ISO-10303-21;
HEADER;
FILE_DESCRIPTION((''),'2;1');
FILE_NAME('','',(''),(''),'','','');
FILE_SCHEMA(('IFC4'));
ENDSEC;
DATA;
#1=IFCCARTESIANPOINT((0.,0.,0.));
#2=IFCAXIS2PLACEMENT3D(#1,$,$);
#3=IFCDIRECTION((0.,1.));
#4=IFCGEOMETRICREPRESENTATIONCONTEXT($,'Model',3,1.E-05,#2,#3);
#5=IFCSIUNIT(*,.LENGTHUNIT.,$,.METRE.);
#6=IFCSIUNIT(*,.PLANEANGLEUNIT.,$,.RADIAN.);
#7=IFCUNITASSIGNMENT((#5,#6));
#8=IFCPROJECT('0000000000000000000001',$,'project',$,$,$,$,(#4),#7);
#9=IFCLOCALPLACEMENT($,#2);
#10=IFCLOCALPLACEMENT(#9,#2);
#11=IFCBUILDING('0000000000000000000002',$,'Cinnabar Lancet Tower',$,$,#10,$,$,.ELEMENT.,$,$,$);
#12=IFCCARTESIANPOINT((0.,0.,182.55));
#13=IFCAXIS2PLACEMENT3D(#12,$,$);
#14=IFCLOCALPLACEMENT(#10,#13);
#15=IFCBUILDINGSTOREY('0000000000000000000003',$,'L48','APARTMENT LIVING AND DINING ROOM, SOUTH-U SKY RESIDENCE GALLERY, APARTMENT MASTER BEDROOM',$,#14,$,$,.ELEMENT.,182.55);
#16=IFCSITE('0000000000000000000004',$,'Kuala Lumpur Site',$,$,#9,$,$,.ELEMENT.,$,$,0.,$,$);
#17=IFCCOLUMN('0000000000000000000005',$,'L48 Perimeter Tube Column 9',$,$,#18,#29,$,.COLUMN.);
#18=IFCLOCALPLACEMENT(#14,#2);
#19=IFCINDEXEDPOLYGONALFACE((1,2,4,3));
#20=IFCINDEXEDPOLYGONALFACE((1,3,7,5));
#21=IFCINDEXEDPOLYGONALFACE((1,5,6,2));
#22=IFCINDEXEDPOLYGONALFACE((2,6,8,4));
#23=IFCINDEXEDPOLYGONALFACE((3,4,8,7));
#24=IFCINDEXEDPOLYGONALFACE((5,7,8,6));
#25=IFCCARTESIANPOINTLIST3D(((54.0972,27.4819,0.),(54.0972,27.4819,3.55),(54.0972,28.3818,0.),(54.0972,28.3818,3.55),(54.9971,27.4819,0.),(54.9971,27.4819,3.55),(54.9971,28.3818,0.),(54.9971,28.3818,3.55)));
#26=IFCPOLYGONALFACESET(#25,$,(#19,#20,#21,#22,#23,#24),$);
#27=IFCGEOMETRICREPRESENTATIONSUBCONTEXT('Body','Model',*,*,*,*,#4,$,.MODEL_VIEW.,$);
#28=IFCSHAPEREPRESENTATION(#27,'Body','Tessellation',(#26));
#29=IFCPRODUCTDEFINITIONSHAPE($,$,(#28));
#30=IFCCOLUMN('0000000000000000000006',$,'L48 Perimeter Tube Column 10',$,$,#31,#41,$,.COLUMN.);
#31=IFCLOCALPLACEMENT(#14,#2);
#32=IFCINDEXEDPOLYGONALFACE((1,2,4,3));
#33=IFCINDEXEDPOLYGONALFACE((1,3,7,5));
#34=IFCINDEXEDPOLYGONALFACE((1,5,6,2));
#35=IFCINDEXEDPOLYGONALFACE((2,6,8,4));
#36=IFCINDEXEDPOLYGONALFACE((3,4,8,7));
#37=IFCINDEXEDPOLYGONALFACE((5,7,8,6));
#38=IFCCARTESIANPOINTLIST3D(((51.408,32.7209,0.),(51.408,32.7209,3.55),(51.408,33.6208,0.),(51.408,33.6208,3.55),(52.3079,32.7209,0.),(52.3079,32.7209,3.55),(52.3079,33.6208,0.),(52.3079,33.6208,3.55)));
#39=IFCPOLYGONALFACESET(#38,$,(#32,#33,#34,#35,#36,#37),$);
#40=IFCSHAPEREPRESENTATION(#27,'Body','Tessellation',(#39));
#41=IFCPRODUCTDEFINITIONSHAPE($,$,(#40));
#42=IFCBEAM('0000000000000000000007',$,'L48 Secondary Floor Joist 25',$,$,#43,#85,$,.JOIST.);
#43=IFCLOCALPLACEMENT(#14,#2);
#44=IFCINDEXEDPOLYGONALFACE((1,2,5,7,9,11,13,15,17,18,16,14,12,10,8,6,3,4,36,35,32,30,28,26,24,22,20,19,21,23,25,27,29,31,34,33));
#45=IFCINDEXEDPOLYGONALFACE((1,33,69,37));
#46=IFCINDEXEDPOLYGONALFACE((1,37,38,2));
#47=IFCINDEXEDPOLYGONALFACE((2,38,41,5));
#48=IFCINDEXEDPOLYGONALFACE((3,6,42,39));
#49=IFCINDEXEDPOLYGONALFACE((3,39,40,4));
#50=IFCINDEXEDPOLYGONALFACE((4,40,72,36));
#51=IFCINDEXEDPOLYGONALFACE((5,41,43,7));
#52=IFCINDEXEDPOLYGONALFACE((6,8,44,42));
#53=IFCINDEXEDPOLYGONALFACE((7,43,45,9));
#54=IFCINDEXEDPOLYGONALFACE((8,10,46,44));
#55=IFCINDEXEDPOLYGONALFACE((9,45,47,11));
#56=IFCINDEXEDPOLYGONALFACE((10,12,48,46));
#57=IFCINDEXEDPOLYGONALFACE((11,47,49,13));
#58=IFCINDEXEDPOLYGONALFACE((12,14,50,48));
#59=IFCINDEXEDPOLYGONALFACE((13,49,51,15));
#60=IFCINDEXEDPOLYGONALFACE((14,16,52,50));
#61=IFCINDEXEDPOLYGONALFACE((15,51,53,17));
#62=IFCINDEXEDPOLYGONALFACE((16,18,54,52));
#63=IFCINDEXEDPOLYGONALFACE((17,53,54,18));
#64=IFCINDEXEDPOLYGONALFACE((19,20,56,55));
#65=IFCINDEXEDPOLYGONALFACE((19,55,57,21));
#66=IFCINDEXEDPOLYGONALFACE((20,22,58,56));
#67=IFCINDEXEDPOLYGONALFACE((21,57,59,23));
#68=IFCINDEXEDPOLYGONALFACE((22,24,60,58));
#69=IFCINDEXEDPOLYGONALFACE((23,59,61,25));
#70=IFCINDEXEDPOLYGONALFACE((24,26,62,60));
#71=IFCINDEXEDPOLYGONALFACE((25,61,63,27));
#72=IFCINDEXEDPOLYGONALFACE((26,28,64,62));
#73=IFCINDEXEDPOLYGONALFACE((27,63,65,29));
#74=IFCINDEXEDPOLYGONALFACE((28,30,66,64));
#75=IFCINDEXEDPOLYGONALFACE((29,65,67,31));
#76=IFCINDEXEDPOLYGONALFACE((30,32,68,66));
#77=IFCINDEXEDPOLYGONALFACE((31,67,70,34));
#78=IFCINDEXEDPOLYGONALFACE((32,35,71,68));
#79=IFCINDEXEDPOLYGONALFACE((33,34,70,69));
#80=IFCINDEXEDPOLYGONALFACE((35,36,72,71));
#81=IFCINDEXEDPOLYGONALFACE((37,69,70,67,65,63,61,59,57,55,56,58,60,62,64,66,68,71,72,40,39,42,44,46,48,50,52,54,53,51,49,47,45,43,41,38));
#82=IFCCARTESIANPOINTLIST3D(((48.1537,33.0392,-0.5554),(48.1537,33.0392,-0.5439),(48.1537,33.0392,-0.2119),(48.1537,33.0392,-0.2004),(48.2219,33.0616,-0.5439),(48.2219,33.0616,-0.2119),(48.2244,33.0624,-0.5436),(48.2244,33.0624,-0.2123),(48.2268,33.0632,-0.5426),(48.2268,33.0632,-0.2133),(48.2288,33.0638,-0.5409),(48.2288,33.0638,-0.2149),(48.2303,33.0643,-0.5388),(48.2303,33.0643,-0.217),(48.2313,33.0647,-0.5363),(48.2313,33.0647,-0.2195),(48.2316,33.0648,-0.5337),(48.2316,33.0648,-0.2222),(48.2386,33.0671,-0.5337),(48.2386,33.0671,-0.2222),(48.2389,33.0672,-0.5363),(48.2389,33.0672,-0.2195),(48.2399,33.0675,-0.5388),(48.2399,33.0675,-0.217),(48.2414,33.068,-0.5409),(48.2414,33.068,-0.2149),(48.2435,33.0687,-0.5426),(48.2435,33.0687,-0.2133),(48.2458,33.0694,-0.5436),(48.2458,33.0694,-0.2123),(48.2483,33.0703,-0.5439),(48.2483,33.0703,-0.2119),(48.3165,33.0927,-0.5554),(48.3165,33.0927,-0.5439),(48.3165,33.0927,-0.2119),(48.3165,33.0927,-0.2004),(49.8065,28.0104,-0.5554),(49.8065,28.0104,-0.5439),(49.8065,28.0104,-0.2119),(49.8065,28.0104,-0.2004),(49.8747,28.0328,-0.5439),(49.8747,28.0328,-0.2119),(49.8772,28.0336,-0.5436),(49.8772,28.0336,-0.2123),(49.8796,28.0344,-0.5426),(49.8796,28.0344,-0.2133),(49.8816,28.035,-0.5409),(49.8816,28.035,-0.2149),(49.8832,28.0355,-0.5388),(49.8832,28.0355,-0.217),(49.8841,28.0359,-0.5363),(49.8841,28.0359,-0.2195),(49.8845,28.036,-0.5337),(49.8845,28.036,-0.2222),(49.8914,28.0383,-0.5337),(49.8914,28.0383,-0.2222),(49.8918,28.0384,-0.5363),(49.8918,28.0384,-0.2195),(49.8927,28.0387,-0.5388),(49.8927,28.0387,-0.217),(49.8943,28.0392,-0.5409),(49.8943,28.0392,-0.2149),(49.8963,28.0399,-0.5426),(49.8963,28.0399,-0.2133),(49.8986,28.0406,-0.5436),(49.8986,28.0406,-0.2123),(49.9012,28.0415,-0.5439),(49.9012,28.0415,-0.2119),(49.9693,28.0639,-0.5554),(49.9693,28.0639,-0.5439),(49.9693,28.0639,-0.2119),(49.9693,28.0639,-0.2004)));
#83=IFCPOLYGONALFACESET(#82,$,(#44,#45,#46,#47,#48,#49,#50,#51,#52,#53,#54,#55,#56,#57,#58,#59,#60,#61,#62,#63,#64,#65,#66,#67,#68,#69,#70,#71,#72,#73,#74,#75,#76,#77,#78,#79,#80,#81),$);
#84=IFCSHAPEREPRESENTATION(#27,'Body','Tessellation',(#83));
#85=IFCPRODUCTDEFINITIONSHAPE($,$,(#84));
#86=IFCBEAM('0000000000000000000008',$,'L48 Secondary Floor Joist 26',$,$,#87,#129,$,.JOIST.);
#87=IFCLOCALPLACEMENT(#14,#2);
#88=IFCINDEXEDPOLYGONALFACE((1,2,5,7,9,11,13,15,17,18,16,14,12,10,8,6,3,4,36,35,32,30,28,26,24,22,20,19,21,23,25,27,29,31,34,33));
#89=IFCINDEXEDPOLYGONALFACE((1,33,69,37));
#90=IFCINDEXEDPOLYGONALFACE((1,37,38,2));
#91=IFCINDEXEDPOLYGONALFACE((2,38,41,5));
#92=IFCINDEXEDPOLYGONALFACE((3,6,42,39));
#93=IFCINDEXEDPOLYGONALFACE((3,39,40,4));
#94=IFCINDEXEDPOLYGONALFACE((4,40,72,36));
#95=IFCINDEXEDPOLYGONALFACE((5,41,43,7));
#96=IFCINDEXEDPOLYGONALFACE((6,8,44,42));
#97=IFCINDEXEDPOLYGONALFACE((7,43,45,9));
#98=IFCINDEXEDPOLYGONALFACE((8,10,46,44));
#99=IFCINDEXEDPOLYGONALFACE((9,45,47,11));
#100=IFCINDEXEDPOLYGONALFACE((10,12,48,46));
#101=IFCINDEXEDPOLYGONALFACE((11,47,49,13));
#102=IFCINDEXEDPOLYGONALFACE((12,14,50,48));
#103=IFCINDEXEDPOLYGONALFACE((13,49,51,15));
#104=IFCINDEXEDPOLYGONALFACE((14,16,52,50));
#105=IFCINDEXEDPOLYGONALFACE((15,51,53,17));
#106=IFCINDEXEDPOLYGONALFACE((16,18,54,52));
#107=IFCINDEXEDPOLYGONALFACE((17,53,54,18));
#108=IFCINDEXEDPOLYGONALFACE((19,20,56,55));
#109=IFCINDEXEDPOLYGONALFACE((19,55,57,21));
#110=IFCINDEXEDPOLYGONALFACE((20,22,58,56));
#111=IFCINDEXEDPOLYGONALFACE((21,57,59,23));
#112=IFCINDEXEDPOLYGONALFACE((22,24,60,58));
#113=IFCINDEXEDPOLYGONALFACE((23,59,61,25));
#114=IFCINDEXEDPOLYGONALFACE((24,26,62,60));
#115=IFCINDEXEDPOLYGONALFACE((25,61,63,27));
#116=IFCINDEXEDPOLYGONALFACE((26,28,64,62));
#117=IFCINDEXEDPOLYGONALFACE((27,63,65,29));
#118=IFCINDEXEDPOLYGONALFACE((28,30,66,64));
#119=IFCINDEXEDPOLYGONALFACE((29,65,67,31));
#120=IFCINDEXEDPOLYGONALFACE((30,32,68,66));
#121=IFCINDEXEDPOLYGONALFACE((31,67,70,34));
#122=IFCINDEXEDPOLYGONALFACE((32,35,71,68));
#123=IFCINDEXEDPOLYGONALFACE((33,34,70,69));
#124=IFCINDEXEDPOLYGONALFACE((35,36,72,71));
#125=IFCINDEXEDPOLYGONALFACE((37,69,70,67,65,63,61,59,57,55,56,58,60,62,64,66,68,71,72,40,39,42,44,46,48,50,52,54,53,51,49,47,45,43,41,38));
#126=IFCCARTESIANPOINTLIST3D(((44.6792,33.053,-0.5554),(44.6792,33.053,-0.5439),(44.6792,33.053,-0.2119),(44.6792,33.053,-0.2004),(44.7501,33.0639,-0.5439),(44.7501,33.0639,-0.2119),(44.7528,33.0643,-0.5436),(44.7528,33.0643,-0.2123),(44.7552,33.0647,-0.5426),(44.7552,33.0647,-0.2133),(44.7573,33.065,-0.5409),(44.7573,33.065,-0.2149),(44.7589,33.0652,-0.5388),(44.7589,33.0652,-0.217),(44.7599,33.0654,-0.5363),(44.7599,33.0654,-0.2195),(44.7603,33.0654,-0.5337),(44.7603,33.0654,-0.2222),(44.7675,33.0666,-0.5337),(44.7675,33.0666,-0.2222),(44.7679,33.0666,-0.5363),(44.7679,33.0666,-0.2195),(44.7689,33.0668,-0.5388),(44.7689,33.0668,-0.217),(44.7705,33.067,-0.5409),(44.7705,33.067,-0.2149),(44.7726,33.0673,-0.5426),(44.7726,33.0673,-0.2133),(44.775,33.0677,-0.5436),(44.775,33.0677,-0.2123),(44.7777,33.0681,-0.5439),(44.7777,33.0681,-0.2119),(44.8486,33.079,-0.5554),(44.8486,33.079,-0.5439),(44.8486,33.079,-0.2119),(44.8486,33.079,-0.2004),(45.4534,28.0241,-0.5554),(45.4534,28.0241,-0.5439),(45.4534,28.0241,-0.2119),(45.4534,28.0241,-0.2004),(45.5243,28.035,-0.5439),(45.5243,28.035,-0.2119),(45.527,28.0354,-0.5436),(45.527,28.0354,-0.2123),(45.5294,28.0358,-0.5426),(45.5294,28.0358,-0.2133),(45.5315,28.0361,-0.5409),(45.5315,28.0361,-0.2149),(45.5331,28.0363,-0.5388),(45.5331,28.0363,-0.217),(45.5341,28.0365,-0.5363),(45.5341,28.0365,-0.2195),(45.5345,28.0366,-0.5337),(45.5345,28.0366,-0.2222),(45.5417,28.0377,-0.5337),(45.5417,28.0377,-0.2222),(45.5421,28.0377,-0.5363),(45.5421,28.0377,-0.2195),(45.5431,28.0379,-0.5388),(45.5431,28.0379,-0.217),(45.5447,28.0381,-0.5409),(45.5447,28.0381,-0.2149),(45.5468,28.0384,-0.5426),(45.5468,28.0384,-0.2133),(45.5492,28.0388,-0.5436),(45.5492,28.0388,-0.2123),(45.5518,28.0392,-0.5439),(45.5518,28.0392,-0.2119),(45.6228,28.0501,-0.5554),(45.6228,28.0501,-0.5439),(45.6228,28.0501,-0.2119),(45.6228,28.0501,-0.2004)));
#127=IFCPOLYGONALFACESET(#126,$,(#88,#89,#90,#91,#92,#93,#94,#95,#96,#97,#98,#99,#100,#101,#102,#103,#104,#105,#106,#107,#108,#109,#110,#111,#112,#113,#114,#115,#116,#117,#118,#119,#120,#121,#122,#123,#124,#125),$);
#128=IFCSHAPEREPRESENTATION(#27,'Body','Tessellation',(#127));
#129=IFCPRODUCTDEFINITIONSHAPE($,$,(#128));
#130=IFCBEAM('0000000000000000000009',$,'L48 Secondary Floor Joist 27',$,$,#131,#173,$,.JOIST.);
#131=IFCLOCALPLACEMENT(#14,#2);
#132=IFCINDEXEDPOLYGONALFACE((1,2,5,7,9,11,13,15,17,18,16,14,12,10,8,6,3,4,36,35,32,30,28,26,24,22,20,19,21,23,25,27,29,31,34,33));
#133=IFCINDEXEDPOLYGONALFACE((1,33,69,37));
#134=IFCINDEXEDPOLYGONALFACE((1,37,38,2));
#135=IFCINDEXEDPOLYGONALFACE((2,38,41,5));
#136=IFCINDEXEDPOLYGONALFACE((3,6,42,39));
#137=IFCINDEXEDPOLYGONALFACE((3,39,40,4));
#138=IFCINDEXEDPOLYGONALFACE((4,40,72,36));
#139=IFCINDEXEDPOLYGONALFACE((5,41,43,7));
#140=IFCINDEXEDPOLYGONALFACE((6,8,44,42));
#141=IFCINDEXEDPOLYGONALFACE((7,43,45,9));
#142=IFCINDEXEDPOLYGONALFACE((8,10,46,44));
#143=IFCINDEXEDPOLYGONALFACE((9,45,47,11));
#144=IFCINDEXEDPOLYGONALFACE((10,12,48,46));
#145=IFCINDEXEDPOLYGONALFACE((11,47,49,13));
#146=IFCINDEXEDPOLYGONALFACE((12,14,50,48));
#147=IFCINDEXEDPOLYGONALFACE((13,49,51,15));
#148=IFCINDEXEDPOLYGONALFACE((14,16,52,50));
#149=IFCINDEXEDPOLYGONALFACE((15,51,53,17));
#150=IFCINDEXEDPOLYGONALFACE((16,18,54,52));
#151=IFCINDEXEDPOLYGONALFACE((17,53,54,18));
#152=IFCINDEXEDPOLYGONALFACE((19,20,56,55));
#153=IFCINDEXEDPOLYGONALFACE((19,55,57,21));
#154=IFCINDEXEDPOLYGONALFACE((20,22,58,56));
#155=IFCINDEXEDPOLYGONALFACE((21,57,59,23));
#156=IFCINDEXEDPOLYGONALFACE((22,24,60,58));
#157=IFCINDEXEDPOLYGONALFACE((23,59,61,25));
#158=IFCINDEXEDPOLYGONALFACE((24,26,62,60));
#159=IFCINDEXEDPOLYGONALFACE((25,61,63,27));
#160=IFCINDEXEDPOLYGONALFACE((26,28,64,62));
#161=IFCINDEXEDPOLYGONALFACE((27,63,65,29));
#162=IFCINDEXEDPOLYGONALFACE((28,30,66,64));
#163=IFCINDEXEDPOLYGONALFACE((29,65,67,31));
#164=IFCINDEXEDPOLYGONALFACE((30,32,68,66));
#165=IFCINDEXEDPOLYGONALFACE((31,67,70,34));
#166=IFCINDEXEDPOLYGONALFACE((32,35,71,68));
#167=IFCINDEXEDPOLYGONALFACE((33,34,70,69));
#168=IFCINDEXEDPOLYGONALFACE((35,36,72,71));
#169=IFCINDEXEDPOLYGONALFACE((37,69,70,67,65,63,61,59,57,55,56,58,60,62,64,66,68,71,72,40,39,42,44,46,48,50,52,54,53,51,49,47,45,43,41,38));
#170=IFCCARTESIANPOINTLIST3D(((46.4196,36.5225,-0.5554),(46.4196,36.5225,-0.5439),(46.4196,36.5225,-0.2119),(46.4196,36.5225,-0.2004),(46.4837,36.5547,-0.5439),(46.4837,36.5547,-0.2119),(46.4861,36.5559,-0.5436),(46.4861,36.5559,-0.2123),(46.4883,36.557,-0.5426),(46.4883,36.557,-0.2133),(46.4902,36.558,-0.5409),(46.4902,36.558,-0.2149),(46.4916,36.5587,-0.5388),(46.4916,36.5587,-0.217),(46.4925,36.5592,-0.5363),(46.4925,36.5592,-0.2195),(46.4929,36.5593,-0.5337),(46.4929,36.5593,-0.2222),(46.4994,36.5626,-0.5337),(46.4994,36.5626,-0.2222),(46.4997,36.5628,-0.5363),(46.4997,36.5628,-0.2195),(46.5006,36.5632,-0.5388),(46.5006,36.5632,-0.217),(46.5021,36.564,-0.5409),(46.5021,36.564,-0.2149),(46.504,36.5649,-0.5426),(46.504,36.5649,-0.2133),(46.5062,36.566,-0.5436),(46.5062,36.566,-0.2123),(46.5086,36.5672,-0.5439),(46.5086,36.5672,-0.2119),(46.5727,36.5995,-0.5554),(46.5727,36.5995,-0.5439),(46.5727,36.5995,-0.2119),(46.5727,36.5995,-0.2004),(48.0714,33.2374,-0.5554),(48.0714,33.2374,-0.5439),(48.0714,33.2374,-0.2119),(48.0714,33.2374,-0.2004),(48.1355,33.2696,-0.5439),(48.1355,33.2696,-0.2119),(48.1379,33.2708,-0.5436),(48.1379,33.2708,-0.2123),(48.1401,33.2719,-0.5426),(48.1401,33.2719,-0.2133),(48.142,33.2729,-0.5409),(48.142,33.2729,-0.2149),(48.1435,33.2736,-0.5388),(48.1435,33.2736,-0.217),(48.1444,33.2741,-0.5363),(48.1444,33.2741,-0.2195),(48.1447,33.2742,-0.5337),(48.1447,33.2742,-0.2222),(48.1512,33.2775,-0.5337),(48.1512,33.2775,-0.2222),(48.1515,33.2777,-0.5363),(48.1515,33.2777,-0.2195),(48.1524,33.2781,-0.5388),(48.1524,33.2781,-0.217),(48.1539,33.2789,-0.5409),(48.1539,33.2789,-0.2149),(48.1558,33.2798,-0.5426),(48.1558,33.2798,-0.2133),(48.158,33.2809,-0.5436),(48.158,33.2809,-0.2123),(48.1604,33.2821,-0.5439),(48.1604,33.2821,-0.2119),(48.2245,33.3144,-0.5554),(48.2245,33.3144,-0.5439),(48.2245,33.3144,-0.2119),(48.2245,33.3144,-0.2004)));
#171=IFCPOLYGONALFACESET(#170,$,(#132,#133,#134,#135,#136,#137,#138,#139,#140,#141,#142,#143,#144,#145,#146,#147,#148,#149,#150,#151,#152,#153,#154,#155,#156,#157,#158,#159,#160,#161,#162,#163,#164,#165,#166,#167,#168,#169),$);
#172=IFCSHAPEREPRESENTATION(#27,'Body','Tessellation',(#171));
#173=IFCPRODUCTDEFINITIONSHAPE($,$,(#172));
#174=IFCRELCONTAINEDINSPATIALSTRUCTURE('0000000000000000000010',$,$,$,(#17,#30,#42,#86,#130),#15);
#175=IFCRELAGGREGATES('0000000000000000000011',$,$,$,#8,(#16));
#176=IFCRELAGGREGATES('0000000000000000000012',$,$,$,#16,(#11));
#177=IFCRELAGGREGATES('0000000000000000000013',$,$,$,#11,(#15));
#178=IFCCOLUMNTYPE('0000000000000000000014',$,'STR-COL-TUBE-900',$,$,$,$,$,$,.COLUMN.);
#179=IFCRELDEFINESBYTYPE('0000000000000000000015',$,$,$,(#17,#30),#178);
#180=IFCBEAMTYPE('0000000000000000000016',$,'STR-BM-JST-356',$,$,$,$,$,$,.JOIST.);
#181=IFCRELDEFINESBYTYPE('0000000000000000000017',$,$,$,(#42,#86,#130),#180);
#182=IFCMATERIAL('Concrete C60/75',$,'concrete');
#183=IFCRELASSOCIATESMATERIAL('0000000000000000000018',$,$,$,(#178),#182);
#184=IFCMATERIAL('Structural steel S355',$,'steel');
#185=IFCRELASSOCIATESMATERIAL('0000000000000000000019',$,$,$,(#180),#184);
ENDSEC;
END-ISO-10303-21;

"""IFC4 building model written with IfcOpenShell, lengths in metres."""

from ifc_helpers import new_model, si_unit, direction, frame, origin, origin_2d, place, context, subcontext, project, spatial, rectangle, i_section, extrude, material, material_profile, profile_set, type_object, element, save


model = new_model("IFC4")

# Units and contexts
model_context = context("Model", 3, precision=1e-05, world=origin(), true_north=direction((0.0, 1.0)))
body_context = subcontext(model_context, "Body", "Model", "MODEL_VIEW")
ifc_project = project(units=[si_unit("LENGTHUNIT", "METRE"), si_unit("PLANEANGLEUNIT", "RADIAN")], contexts=[model_context])

# Site, building, storey
site_placement = place(None, origin())
site = spatial("IfcSite", under=ifc_project, at=site_placement, Name="Kuala Lumpur Site", CompositionType="ELEMENT", RefElevation=0.0)
building_placement = place(site_placement, origin())
building = spatial("IfcBuilding", under=site, at=building_placement, Name="Cinnabar Lancet Tower", CompositionType="ELEMENT")
storey_placement = place(building_placement, frame((0.0, 0.0, 182.55)))
storey = spatial("IfcBuildingStorey", under=building, at=storey_placement, Name="L48", Description="APARTMENT LIVING AND DINING ROOM, SOUTH-U SKY RESIDENCE GALLERY, APARTMENT MASTER BEDROOM", CompositionType="ELEMENT", Elevation=182.55)

# Columns
ifc_material_1 = material(Name="Concrete C60/75", Category="concrete")
ifc_material_profile_1 = material_profile(ifc_material_1, rectangle(XDim=0.8999, YDim=0.8999, at=origin_2d()), Name="RC-COL 900x900")
ifc_profile_set_1 = profile_set([ifc_material_profile_1], Name="Concrete C60/75")
column_type = type_object("IfcColumnType", Name="STR-COL-TUBE-900", PredefinedType="COLUMN", material=ifc_profile_set_1)
for number, where, z_axis, x_axis, name in (
    (1, (54.5471, 27.9319, 0.0), (0.0, 0.0, 1.0), (1.0, 0.0, 0.0), "L48 Perimeter Tube Column 9"),
    (2, (51.8579, 33.1709, 0.0), (0.0, 0.0, 1.0), (1.0, 0.0, 0.0), "L48 Perimeter Tube Column 10"),
):
    element("IfcColumn", number, at=place(storey_placement, frame(where, z_axis=z_axis, x_axis=x_axis)), inside=storey, type_object=column_type, Name=name, PredefinedType="COLUMN", context=body_context, shape_type="SweptSolid", body=[
        extrude(rectangle(XDim=0.8999, YDim=0.8999, at=origin_2d()), origin(), (0.0, 0.0, 1.0), 3.55),
    ])

# Beams
ifc_material_2 = material(Name="Structural steel S355", Category="steel")
ifc_material_profile_2 = material_profile(ifc_material_2, i_section(OverallWidth=0.1714, OverallDepth=0.355, WebThickness=0.0073, FlangeThickness=0.0115, FilletRadius=0.0103, at=origin_2d()), Name="UKB 356x171x51")
ifc_profile_set_2 = profile_set([ifc_material_profile_2], Name="Structural steel S355")
beam_type_1 = type_object("IfcBeamType", Name="STR-BM-JST-356", PredefinedType="JOIST", material=ifc_profile_set_2)
beam_1_placement = place(storey_placement, frame((49.8879, 28.0371, -0.3779), z_axis=(-0.31224, 0.950003, 0.0), x_axis=(-0.950003, -0.31224, 0.0)))
element("IfcBeam", 3, at=beam_1_placement, inside=storey, type_object=beam_type_1, Name="L48 Secondary Floor Joist 25", PredefinedType="JOIST", context=body_context, shape_type="SweptSolid", body=[
    extrude(i_section(OverallWidth=0.1714, OverallDepth=0.355, WebThickness=0.0073, FlangeThickness=0.0115, FilletRadius=0.0103, at=origin_2d()), origin(), (0.0, 0.0, 1.0), 5.2935),
])
beam_2_placement = place(storey_placement, frame((45.5381, 28.0371, -0.3779), z_axis=(-0.152155, 0.988357, 0.0), x_axis=(-0.988357, -0.152155, 0.0)))
element("IfcBeam", 4, at=beam_2_placement, inside=storey, type_object=beam_type_1, Name="L48 Secondary Floor Joist 26", PredefinedType="JOIST", context=body_context, shape_type="SweptSolid", body=[
    extrude(i_section(OverallWidth=0.1714, OverallDepth=0.355, WebThickness=0.0073, FlangeThickness=0.0115, FilletRadius=0.0103, at=origin_2d()), origin(), (0.0, 0.0, 1.0), 5.0881),
])
beam_3_placement = place(storey_placement, frame((48.1479, 33.2759, -0.3779), z_axis=(-0.449231, 0.893416, 0.0), x_axis=(-0.893416, -0.449231, 0.0)))
element("IfcBeam", 5, at=beam_3_placement, inside=storey, type_object=beam_type_1, Name="L48 Secondary Floor Joist 27", PredefinedType="JOIST", context=body_context, shape_type="SweptSolid", body=[
    extrude(i_section(OverallWidth=0.1714, OverallDepth=0.355, WebThickness=0.0073, FlangeThickness=0.0115, FilletRadius=0.0103, at=origin_2d()), origin(), (0.0, 0.0, 1.0), 3.677),
])

save(model, "model.ifc")
